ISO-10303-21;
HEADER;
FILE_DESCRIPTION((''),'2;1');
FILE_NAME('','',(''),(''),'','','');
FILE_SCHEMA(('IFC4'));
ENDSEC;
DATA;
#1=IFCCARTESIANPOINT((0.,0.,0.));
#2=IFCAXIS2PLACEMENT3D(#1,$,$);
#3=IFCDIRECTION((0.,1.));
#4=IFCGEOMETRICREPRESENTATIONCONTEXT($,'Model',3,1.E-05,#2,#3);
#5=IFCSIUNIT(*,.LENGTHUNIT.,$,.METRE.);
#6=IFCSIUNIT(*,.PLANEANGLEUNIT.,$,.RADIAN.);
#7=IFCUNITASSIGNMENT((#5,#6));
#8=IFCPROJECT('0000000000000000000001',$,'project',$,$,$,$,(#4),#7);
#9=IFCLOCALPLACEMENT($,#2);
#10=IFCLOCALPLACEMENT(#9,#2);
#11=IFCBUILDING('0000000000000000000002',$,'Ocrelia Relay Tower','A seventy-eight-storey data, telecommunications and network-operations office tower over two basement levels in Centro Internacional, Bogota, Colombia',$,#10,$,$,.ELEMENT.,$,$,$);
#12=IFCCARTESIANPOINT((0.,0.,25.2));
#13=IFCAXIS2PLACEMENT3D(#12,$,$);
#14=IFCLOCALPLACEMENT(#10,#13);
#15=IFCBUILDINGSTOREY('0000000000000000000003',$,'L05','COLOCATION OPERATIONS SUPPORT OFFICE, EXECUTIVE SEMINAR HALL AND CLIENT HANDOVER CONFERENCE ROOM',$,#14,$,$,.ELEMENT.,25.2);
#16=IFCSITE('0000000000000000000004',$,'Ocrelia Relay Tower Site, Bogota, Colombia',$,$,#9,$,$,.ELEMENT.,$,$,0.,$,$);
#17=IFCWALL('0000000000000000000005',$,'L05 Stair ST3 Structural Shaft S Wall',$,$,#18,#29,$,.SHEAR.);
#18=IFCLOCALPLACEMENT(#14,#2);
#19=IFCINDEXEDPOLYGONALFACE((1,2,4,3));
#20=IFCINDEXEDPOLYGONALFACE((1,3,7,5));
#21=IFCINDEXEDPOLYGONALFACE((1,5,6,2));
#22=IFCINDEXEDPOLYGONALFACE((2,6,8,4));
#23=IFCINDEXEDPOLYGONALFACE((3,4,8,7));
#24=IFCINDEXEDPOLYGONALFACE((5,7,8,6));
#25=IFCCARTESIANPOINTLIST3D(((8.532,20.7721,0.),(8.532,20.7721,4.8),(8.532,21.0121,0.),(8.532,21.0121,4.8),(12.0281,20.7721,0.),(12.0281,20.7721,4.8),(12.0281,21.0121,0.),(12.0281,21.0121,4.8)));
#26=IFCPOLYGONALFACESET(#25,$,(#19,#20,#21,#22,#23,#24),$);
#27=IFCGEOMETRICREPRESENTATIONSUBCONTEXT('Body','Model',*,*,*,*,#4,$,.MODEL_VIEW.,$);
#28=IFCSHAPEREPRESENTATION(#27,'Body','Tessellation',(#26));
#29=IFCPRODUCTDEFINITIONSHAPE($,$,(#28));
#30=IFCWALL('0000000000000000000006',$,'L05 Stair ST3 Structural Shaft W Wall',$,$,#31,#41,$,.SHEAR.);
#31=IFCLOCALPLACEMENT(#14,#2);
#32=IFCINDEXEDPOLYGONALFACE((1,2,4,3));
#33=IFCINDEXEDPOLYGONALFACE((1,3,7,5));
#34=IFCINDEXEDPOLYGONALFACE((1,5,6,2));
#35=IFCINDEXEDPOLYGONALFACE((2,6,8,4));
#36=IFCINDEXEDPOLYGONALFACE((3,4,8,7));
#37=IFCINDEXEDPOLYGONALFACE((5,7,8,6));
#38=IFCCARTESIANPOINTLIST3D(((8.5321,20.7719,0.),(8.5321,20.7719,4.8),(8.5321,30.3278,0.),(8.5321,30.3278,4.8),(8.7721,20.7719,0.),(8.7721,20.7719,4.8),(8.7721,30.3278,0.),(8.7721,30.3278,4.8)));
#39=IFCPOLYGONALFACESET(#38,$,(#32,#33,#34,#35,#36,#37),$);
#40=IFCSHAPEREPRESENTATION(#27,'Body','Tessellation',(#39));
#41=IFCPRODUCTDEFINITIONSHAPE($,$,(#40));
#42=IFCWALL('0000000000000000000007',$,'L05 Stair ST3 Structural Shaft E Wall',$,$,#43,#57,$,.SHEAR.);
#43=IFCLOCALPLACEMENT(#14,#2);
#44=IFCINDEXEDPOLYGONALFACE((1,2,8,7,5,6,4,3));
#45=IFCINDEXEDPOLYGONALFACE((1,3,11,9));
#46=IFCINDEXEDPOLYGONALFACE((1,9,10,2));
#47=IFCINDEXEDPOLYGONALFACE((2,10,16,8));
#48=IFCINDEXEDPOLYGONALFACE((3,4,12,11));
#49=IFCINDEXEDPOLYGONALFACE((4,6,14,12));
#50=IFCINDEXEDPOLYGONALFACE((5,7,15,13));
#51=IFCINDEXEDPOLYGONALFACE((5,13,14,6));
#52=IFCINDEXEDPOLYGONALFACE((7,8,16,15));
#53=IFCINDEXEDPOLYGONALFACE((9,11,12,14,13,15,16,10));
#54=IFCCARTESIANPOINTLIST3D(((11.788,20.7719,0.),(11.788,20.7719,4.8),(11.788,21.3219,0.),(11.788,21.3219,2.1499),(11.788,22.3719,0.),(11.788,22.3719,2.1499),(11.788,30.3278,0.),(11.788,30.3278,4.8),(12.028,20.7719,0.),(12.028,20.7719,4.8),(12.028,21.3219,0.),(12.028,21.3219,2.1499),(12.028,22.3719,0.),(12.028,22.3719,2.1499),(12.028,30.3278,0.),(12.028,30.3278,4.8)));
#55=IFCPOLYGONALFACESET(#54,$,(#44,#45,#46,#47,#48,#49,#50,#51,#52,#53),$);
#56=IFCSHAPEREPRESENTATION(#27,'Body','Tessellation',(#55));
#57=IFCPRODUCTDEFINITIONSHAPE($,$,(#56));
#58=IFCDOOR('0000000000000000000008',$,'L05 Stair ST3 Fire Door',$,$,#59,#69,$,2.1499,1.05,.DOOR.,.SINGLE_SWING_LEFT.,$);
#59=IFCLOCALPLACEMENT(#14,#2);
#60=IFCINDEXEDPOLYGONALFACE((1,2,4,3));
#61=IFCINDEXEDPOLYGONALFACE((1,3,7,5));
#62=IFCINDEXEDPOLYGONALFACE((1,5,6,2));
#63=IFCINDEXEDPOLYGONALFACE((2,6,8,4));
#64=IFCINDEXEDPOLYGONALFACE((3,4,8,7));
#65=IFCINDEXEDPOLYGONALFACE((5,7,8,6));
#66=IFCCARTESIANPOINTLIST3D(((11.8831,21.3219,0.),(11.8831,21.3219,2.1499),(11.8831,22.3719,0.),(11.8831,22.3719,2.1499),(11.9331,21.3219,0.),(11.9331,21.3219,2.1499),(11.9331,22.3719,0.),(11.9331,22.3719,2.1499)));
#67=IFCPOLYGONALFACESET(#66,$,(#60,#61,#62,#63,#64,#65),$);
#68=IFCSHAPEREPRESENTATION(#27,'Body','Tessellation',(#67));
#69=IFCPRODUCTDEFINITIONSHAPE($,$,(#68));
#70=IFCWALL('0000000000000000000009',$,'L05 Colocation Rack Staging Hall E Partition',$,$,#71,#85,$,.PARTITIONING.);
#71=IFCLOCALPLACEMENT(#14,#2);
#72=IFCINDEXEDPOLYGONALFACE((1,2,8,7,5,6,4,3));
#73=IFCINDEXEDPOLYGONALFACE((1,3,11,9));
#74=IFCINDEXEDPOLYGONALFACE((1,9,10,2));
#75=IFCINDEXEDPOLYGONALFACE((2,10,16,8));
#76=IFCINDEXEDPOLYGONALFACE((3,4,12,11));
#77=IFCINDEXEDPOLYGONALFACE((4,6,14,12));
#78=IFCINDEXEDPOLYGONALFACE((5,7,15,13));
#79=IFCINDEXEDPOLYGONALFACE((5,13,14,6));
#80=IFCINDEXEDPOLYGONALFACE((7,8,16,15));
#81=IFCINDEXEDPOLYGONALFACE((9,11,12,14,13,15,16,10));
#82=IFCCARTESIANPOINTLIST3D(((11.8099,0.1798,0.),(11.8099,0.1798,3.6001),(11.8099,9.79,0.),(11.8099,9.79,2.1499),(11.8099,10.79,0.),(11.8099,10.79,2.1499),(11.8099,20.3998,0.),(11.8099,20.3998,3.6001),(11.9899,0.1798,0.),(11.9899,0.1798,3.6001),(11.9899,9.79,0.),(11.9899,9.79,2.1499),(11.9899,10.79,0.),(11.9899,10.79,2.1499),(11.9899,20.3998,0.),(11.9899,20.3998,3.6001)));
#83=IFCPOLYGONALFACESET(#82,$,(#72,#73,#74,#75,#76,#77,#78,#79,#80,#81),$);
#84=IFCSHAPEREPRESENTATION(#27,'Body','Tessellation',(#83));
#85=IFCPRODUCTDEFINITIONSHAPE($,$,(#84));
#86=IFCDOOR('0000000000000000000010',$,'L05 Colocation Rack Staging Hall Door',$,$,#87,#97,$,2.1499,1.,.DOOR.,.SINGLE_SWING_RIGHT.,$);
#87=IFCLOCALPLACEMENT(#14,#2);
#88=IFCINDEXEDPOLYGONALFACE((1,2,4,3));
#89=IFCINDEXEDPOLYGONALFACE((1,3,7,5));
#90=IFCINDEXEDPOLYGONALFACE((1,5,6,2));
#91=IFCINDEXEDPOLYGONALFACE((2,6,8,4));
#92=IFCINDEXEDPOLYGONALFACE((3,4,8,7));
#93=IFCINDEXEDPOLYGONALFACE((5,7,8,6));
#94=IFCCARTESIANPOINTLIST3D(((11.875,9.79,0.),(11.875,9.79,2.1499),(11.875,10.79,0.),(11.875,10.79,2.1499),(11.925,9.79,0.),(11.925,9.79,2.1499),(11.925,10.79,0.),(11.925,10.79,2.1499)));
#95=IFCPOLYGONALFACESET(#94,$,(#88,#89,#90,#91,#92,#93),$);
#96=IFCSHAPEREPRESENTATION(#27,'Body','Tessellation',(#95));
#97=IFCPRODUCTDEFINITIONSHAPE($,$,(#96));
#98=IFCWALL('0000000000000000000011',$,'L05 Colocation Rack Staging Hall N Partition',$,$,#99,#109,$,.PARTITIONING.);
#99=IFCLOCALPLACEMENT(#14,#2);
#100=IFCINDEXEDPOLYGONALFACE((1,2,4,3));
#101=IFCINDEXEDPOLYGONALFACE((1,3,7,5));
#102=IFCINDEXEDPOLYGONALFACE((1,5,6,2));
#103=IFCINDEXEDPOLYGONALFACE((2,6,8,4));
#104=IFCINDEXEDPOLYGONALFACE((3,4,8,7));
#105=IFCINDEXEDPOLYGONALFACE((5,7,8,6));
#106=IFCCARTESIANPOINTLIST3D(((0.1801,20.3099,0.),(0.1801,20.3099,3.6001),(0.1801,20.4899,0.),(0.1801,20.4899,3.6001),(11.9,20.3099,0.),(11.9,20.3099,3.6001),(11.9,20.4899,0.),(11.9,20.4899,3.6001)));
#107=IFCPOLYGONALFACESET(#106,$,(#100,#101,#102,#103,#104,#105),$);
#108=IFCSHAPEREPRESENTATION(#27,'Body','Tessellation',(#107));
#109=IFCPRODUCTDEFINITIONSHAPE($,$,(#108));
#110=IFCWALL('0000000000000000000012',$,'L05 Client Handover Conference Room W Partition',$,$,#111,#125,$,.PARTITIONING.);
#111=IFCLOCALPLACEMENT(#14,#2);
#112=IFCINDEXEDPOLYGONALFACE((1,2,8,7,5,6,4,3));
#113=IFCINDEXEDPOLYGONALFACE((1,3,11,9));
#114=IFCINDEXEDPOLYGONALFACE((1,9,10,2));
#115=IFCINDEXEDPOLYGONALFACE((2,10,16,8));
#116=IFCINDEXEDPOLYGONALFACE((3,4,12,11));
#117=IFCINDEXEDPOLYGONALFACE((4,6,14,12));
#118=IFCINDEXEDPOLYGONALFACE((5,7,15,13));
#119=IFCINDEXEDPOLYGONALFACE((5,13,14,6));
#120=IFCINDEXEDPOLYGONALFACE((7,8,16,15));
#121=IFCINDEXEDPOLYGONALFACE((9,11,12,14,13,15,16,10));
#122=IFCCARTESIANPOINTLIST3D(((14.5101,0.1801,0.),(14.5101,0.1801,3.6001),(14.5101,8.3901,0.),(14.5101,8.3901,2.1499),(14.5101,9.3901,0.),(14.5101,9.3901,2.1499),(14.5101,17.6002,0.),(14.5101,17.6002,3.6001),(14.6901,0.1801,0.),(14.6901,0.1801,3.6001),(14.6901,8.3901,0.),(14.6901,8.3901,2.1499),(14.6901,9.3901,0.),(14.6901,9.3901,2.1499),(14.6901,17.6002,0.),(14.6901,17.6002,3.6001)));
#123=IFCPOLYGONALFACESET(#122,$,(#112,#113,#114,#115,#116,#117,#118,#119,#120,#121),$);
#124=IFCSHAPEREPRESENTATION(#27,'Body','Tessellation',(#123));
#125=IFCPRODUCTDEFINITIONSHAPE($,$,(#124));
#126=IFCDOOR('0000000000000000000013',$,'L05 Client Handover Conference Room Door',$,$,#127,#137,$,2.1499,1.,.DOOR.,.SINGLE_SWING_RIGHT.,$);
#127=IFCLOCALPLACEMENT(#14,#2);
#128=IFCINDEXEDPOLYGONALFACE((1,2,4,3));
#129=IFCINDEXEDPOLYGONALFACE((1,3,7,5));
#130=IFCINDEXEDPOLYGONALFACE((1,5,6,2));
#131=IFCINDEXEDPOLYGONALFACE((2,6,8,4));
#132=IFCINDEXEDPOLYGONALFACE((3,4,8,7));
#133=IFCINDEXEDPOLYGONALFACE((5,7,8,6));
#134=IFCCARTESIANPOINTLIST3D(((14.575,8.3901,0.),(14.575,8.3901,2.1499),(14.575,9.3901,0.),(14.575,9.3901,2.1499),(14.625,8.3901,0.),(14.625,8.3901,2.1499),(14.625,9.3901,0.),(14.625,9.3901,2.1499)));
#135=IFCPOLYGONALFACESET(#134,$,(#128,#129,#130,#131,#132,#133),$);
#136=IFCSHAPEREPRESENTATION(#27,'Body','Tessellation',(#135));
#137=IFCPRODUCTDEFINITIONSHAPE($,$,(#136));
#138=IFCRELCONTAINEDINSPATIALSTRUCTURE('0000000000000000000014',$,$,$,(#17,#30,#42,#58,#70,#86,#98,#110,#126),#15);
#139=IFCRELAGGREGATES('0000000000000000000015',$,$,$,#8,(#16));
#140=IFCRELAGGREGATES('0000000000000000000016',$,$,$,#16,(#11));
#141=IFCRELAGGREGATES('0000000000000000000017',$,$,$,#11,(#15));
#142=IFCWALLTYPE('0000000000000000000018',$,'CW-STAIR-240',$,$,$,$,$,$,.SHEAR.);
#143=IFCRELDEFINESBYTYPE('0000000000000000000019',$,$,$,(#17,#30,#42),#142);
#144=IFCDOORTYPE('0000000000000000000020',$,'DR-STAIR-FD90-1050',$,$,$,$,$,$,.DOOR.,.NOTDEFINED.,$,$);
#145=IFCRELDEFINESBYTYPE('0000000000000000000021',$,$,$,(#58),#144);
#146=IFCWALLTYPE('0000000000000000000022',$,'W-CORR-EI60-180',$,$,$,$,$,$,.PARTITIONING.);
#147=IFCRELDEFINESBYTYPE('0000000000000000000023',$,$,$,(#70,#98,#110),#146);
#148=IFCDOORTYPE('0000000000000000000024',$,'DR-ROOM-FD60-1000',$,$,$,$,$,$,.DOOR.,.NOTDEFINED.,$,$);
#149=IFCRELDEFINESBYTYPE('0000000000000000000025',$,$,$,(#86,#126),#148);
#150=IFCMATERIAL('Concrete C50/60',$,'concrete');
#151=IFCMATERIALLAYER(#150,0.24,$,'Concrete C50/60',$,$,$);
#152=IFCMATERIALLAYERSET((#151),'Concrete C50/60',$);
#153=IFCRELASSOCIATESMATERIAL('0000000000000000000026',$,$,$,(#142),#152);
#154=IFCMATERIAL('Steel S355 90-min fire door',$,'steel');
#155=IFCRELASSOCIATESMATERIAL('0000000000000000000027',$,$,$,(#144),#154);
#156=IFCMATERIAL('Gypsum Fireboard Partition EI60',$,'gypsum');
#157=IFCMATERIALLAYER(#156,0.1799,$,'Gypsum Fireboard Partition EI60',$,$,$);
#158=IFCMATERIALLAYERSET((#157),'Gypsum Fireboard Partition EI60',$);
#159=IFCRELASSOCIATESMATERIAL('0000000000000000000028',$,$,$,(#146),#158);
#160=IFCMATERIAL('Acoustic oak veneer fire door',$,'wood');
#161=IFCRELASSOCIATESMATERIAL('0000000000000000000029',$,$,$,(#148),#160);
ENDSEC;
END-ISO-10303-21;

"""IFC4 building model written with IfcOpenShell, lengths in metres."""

from ifc_helpers import new_model, si_unit, direction, frame, frame_2d, origin, place, context, subcontext, project, spatial, rectangle, extrude, material, layer, layer_set, type_object, element, fill, save


model = new_model("IFC4")

# Units and contexts
model_context = context("Model", 3, precision=1e-05, world=origin(), true_north=direction((0.0, 1.0)))
body_context = subcontext(model_context, "Body", "Model", "MODEL_VIEW")
ifc_project = project(units=[si_unit("LENGTHUNIT", "METRE"), si_unit("PLANEANGLEUNIT", "RADIAN")], contexts=[model_context])

# Site, building, storey
site_placement = place(None, origin())
site = spatial("IfcSite", under=ifc_project, at=site_placement, Name="Ocrelia Relay Tower Site, Bogota, Colombia", CompositionType="ELEMENT", RefElevation=0.0)
building_placement = place(site_placement, origin())
building = spatial("IfcBuilding", under=site, at=building_placement, Name="Ocrelia Relay Tower", Description="A seventy-eight-storey data, telecommunications and network-operations office tower over two basement levels in Centro Internacional, Bogota, Colombia", CompositionType="ELEMENT")
storey_placement = place(building_placement, frame((0.0, 0.0, 25.2)))
storey = spatial("IfcBuildingStorey", under=building, at=storey_placement, Name="L05", Description="COLOCATION OPERATIONS SUPPORT OFFICE, EXECUTIVE SEMINAR HALL AND CLIENT HANDOVER CONFERENCE ROOM", CompositionType="ELEMENT", Elevation=25.2)

# Shared definitions
ifc_material_1 = material(Name="Concrete C50/60", Category="concrete")

# Walls
ifc_layer_1 = layer(ifc_material_1, 0.24, Name="Concrete C50/60")
ifc_layer_set_1 = layer_set([ifc_layer_1], Name="Concrete C50/60")
wall_type_1 = type_object("IfcWallType", Name="CW-STAIR-240", PredefinedType="SHEAR", material=ifc_layer_set_1)
wall_1_placement = place(storey_placement, frame((8.532, 20.8921, 0.0), z_axis=(0.0, 0.0, 1.0), x_axis=(1.0, 0.0, 0.0)))
element("IfcWall", 1, at=wall_1_placement, inside=storey, type_object=wall_type_1, Name="L05 Stair ST3 Structural Shaft S Wall", PredefinedType="SHEAR", context=body_context, shape_type="SweptSolid", body=[
    extrude(rectangle(XDim=3.4961, YDim=0.24, at=frame_2d((1.748, 0.0))), origin(), (0.0, 0.0, 1.0), 4.8),
])
wall_2_placement = place(storey_placement, frame((8.6521, 20.772, 0.0), z_axis=(0.0, 0.0, 1.0), x_axis=(0.0, 1.0, 0.0)))
element("IfcWall", 2, at=wall_2_placement, inside=storey, type_object=wall_type_1, Name="L05 Stair ST3 Structural Shaft W Wall", PredefinedType="SHEAR", context=body_context, shape_type="SweptSolid", body=[
    extrude(rectangle(XDim=9.5559, YDim=0.24, at=frame_2d((4.7778, 0.0))), origin(), (0.0, 0.0, 1.0), 4.8),
])

# Walls, openings, doors
wall_3_placement = place(storey_placement, frame((11.908, 20.772, 0.0), z_axis=(0.0, 0.0, 1.0), x_axis=(0.0, 1.0, 0.0)))
wall_3 = element("IfcWall", 3, at=wall_3_placement, inside=storey, type_object=wall_type_1, Name="L05 Stair ST3 Structural Shaft E Wall", PredefinedType="SHEAR", context=body_context, shape_type="SweptSolid", body=[
    extrude(rectangle(XDim=9.5559, YDim=0.24, at=frame_2d((4.7778, 0.0))), origin(), (0.0, 0.0, 1.0), 4.8),
])
opening_1_placement = place(wall_3_placement, frame((0.55, 0.0, 0.0)))
opening_1 = element("IfcOpeningElement", 4, at=opening_1_placement, cuts=wall_3, PredefinedType="OPENING", context=body_context, shape_type="SweptSolid", body=[
    extrude(rectangle(XDim=1.05, YDim=2.1499, at=frame_2d((0.5249, 1.075))), frame((0.0, 0.1299, 0.0), z_axis=(0.0, -1.0, 0.0), x_axis=(1.0, 0.0, 0.0)), (0.0, 0.0, 1.0), 0.26),
])
ifc_material_2 = material(Name="Steel S355 90-min fire door", Category="steel")
door_type_1 = type_object("IfcDoorType", Name="DR-STAIR-FD90-1050", OperationType="NOTDEFINED", PredefinedType="DOOR", material=ifc_material_2)
door_1_placement = place(opening_1_placement, origin())
door_1 = element("IfcDoor", 5, at=door_1_placement, inside=storey, type_object=door_type_1, Name="L05 Stair ST3 Fire Door", OperationType="SINGLE_SWING_LEFT", OverallHeight=2.1499, OverallWidth=1.05, PredefinedType="DOOR", context=body_context, shape_type="SweptSolid", body=[
    extrude(rectangle(XDim=1.05, YDim=2.1499, at=frame_2d((0.5249, 1.075))), frame((0.0, 0.0249, 0.0), z_axis=(0.0, -1.0, 0.0), x_axis=(1.0, 0.0, 0.0)), (0.0, 0.0, 1.0), 0.05),
])
fill(opening_1, door_1)
ifc_material_3 = material(Name="Gypsum Fireboard Partition EI60", Category="gypsum")
ifc_layer_2 = layer(ifc_material_3, 0.1799, Name="Gypsum Fireboard Partition EI60")
ifc_layer_set_2 = layer_set([ifc_layer_2], Name="Gypsum Fireboard Partition EI60")
wall_type_2 = type_object("IfcWallType", Name="W-CORR-EI60-180", PredefinedType="PARTITIONING", material=ifc_layer_set_2)
wall_4_placement = place(storey_placement, frame((11.8999, 0.1799, 0.0), z_axis=(0.0, 0.0, 1.0), x_axis=(0.0, 1.0, 0.0)))
wall_4 = element("IfcWall", 6, at=wall_4_placement, inside=storey, type_object=wall_type_2, Name="L05 Colocation Rack Staging Hall E Partition", PredefinedType="PARTITIONING", context=body_context, shape_type="SweptSolid", body=[
    extrude(rectangle(XDim=20.22, YDim=0.1799, at=frame_2d((10.1099, 0.0))), origin(), (0.0, 0.0, 1.0), 3.6001),
])
opening_2_placement = place(wall_4_placement, frame((9.6101, 0.0, 0.0)))
opening_2 = element("IfcOpeningElement", 7, at=opening_2_placement, cuts=wall_4, PredefinedType="OPENING", context=body_context, shape_type="SweptSolid", body=[
    extrude(rectangle(XDim=1.0, YDim=2.1499, at=frame_2d((0.5, 1.075))), frame((0.0, 0.1001, 0.0), z_axis=(0.0, -1.0, 0.0), x_axis=(1.0, 0.0, 0.0)), (0.0, 0.0, 1.0), 0.2),
])
ifc_material_4 = material(Name="Acoustic oak veneer fire door", Category="wood")
door_type_2 = type_object("IfcDoorType", Name="DR-ROOM-FD60-1000", OperationType="NOTDEFINED", PredefinedType="DOOR", material=ifc_material_4)
door_2_placement = place(opening_2_placement, origin())
door_2 = element("IfcDoor", 8, at=door_2_placement, inside=storey, type_object=door_type_2, Name="L05 Colocation Rack Staging Hall Door", OperationType="SINGLE_SWING_RIGHT", OverallHeight=2.1499, OverallWidth=1.0, PredefinedType="DOOR", context=body_context, shape_type="SweptSolid", body=[
    extrude(rectangle(XDim=1.0, YDim=2.1499, at=frame_2d((0.5, 1.075))), frame((0.0, 0.0249, 0.0), z_axis=(0.0, -1.0, 0.0), x_axis=(1.0, 0.0, 0.0)), (0.0, 0.0, 1.0), 0.05),
])
fill(opening_2, door_2)

# Wall
wall_5_placement = place(storey_placement, frame((11.8999, 20.3999, 0.0), z_axis=(0.0, 0.0, 1.0), x_axis=(-1.0, 0.0, 0.0)))
element("IfcWall", 9, at=wall_5_placement, inside=storey, type_object=wall_type_2, Name="L05 Colocation Rack Staging Hall N Partition", PredefinedType="PARTITIONING", context=body_context, shape_type="SweptSolid", body=[
    extrude(rectangle(XDim=11.72, YDim=0.1799, at=frame_2d((5.8599, 0.0))), origin(), (0.0, 0.0, 1.0), 3.6001),
])

# Wall, opening, door
wall_6_placement = place(storey_placement, frame((14.6001, 17.6001, 0.0), z_axis=(0.0, 0.0, 1.0), x_axis=(0.0, -1.0, 0.0)))
wall_6 = element("IfcWall", 10, at=wall_6_placement, inside=storey, type_object=wall_type_2, Name="L05 Client Handover Conference Room W Partition", PredefinedType="PARTITIONING", context=body_context, shape_type="SweptSolid", body=[
    extrude(rectangle(XDim=17.4202, YDim=0.1799, at=frame_2d((8.71, 0.0))), origin(), (0.0, 0.0, 1.0), 3.6001),
])
opening_3_placement = place(wall_6_placement, frame((8.21, 0.0, 0.0)))
opening_3 = element("IfcOpeningElement", 11, at=opening_3_placement, cuts=wall_6, PredefinedType="OPENING", context=body_context, shape_type="SweptSolid", body=[
    extrude(rectangle(XDim=1.0, YDim=2.1499, at=frame_2d((0.5, 1.075))), frame((0.0, 0.1001, 0.0), z_axis=(0.0, -1.0, 0.0), x_axis=(1.0, 0.0, 0.0)), (0.0, 0.0, 1.0), 0.2),
])
door_3_placement = place(opening_3_placement, origin())
door_3 = element("IfcDoor", 12, at=door_3_placement, inside=storey, type_object=door_type_2, Name="L05 Client Handover Conference Room Door", OperationType="SINGLE_SWING_RIGHT", OverallHeight=2.1499, OverallWidth=1.0, PredefinedType="DOOR", context=body_context, shape_type="SweptSolid", body=[
    extrude(rectangle(XDim=1.0, YDim=2.1499, at=frame_2d((0.5, 1.075))), frame((0.0, 0.0249, 0.0), z_axis=(0.0, -1.0, 0.0), x_axis=(1.0, 0.0, 0.0)), (0.0, 0.0, 1.0), 0.05),
])
fill(opening_3, door_3)

save(model, "model.ifc")
